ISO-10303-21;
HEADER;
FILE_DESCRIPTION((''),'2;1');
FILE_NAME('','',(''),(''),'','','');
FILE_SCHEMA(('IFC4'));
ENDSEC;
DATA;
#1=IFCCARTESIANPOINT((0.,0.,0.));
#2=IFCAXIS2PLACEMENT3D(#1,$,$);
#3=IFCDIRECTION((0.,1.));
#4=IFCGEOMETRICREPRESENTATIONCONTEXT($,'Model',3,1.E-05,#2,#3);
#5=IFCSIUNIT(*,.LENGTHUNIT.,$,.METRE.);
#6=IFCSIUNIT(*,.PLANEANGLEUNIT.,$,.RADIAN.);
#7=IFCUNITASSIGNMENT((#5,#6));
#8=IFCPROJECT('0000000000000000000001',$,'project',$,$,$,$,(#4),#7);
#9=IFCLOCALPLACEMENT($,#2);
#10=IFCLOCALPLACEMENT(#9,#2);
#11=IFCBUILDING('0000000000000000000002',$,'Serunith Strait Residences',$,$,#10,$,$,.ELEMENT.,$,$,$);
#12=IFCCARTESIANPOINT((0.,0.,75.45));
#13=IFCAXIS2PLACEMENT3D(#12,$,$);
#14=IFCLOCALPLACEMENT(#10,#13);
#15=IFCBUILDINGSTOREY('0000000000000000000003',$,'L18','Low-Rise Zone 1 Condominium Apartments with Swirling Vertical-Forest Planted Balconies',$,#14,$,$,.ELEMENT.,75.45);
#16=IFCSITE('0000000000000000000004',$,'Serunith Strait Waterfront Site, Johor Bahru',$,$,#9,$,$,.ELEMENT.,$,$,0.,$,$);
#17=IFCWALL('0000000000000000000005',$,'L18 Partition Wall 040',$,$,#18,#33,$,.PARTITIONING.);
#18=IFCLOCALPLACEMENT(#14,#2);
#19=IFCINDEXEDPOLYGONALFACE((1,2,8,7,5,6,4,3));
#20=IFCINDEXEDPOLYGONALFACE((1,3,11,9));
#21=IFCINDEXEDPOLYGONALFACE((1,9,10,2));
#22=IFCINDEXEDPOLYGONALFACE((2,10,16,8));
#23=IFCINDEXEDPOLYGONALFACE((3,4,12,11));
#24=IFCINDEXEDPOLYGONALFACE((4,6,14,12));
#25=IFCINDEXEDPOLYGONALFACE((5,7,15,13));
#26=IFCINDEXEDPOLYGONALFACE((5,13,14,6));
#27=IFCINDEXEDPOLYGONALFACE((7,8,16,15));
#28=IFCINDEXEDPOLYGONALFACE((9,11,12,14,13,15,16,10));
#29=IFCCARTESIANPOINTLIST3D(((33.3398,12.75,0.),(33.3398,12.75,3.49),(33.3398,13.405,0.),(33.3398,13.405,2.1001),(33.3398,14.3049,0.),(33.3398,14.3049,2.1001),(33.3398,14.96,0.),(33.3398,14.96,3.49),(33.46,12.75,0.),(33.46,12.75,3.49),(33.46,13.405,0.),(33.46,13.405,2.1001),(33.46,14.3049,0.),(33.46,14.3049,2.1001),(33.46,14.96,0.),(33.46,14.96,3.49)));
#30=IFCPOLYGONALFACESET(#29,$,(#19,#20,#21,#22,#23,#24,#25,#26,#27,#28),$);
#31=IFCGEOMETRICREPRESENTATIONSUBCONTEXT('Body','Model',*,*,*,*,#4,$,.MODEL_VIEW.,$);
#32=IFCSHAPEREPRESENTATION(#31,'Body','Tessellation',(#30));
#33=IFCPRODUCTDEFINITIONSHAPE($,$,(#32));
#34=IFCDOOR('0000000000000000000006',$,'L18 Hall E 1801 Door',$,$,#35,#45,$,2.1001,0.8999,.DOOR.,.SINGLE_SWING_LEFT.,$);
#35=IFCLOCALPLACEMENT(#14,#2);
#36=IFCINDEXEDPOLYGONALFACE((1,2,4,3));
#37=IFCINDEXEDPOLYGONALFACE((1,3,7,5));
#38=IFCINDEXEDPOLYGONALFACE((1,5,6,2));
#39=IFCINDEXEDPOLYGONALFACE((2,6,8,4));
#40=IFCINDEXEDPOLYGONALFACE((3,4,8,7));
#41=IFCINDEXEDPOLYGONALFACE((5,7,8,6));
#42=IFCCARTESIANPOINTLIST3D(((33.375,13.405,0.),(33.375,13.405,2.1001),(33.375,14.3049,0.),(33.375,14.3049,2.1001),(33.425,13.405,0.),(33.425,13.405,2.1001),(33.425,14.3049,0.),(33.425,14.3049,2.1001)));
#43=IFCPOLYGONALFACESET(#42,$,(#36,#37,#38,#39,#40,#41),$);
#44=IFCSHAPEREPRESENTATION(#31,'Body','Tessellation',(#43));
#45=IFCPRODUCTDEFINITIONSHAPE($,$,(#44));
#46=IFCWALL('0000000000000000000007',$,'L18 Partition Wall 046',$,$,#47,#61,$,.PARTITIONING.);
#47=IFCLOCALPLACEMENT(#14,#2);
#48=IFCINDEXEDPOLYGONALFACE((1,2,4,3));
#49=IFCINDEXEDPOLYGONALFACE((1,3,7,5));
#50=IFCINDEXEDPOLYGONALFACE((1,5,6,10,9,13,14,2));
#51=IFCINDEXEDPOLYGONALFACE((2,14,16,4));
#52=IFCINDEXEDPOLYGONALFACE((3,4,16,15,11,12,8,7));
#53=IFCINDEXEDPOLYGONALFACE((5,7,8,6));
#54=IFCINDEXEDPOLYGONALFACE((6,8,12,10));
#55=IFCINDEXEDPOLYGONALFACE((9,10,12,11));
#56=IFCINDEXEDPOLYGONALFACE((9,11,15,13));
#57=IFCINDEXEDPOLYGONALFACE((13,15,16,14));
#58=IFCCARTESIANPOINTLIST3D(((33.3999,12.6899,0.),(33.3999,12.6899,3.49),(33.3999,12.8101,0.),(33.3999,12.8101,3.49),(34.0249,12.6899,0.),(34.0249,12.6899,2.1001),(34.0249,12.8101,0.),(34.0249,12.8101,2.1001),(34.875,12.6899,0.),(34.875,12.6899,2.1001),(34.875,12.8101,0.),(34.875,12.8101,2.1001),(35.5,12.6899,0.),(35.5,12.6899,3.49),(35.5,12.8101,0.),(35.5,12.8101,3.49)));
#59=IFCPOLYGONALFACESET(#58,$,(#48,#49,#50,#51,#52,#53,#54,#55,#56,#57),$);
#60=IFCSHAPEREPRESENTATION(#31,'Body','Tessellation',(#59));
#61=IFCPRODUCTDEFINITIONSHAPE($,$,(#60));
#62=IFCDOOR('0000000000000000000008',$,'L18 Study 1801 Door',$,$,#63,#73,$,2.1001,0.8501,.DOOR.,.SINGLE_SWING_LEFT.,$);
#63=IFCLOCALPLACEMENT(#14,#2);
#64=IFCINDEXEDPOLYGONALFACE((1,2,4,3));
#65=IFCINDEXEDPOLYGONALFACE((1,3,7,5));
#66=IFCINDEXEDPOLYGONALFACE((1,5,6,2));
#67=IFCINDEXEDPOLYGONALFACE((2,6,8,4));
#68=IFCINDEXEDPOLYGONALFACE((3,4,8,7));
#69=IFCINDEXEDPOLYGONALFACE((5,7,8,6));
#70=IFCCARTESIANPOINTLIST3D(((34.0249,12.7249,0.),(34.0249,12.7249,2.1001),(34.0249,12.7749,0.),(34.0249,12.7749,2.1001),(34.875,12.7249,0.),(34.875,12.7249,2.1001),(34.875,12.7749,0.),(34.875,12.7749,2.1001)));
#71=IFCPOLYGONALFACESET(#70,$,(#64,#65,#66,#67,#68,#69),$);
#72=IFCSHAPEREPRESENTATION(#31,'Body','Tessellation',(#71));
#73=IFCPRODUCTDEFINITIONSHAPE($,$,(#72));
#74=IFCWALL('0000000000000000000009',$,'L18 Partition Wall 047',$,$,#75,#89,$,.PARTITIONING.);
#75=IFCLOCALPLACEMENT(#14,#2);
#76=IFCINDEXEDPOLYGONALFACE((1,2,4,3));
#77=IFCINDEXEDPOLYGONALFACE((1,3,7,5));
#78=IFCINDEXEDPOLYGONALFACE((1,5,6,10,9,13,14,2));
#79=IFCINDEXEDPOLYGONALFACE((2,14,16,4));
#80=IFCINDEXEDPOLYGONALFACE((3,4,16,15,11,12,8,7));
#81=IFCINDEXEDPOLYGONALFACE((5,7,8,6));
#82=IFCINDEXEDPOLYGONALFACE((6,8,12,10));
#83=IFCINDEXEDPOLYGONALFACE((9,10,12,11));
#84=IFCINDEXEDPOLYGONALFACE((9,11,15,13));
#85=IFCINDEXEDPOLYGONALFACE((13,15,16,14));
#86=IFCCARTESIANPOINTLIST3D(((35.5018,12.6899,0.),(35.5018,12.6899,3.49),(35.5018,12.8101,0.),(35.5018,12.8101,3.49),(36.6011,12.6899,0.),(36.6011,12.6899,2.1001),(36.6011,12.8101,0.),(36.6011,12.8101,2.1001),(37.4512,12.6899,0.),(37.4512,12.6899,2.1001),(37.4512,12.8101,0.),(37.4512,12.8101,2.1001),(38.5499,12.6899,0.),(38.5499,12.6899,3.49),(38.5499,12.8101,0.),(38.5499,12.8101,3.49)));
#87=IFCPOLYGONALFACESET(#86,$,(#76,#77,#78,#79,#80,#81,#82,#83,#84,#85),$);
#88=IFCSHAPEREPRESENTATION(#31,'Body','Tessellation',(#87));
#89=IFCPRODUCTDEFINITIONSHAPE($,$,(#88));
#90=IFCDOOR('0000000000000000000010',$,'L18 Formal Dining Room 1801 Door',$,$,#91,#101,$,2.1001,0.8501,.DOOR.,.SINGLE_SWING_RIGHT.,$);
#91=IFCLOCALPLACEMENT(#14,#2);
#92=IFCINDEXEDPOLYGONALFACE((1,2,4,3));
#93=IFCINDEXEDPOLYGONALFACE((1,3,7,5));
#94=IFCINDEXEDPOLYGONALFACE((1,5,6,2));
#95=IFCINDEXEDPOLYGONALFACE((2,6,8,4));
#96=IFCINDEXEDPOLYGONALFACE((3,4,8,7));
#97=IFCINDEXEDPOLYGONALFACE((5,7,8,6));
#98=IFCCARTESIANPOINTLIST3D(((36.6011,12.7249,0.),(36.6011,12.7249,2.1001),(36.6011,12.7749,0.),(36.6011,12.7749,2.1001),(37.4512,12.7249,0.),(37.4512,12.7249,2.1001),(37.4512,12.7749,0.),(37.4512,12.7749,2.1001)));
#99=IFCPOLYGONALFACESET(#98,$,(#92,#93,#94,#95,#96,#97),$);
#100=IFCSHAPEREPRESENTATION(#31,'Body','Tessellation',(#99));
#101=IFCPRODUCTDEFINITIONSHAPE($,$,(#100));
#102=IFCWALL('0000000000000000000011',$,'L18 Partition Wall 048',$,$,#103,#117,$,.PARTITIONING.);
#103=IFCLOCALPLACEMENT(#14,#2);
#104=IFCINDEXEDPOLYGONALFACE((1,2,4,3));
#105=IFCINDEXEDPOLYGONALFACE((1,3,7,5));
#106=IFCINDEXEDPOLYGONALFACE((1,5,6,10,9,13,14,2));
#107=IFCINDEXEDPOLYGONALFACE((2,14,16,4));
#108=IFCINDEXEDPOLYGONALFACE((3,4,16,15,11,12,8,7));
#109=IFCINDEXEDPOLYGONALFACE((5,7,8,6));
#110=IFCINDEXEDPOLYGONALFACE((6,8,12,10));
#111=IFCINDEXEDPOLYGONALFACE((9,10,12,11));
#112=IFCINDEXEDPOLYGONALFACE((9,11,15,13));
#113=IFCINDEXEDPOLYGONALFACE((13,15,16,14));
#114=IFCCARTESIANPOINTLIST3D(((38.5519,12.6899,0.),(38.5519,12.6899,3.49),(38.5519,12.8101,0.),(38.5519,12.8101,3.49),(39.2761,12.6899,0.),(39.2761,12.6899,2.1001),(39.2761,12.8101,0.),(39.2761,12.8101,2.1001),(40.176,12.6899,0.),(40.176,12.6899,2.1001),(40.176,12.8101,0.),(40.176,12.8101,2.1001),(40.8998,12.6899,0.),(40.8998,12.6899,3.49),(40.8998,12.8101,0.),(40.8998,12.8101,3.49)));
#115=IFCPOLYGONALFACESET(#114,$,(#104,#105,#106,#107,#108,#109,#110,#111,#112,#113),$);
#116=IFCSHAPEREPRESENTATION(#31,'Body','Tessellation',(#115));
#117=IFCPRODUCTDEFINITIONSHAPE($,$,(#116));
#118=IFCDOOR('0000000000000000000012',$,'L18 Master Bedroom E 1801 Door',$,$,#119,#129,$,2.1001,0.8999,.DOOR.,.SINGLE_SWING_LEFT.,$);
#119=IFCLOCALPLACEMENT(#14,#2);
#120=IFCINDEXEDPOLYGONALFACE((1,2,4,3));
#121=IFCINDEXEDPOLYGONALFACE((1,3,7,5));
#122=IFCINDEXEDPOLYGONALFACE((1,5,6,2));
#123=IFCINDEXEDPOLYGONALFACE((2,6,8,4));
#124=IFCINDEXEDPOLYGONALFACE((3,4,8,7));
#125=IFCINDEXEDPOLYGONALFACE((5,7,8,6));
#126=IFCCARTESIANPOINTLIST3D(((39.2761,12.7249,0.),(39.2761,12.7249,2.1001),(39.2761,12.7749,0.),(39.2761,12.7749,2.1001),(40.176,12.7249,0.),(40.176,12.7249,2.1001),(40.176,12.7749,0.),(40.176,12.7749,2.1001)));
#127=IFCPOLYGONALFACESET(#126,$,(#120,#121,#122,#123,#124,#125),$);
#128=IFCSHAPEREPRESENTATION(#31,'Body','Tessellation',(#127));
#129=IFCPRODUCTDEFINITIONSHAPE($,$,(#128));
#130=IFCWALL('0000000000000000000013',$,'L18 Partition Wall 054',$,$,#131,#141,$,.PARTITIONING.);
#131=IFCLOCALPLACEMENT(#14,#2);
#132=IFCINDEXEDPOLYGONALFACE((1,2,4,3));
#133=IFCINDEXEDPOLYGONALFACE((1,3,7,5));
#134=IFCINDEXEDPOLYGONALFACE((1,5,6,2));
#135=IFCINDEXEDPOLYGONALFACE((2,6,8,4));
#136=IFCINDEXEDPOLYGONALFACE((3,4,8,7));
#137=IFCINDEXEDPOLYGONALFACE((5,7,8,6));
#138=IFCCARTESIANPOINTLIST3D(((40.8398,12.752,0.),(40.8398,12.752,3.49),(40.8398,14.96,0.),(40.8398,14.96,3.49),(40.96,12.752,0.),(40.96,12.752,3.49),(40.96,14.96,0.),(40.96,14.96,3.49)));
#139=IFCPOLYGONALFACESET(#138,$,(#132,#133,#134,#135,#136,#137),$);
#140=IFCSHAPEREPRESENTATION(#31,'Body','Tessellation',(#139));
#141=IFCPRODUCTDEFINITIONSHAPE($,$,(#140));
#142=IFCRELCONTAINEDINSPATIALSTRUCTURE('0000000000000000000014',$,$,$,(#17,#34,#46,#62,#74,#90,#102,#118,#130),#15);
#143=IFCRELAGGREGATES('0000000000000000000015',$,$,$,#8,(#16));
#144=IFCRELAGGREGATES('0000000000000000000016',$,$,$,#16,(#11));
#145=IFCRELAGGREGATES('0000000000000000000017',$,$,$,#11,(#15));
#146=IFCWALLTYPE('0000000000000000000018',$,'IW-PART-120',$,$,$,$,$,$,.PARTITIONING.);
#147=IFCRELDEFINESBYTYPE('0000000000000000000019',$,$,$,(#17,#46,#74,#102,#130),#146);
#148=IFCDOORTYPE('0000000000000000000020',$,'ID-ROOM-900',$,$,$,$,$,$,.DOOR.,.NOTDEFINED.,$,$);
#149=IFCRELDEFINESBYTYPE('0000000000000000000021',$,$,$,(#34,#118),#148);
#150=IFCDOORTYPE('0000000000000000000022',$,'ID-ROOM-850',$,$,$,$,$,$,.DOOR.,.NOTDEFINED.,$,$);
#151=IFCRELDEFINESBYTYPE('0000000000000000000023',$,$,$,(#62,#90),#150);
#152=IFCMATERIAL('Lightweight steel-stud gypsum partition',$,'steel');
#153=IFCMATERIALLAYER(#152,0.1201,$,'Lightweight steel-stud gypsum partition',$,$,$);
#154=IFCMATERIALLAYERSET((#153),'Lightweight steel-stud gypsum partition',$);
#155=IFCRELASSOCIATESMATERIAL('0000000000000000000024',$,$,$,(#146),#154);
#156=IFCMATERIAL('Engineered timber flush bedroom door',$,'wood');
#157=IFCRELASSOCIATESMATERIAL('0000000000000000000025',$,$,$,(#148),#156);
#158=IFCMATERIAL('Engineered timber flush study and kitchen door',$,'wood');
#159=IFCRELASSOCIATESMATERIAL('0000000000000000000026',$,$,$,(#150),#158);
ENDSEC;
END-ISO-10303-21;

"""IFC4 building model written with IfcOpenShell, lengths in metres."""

from ifc_helpers import new_model, si_unit, direction, frame, frame_2d, origin, place, context, subcontext, project, spatial, rectangle, extrude, source, transform, mapped, material, layer, layer_set, type_object, element, fill, save


model = new_model("IFC4")

# Units and contexts
model_context = context("Model", 3, precision=1e-05, world=origin(), true_north=direction((0.0, 1.0)))
body_context = subcontext(model_context, "Body", "Model", "MODEL_VIEW")
ifc_project = project(units=[si_unit("LENGTHUNIT", "METRE"), si_unit("PLANEANGLEUNIT", "RADIAN")], contexts=[model_context])

# Site, building, storey
site_placement = place(None, origin())
site = spatial("IfcSite", under=ifc_project, at=site_placement, Name="Serunith Strait Waterfront Site, Johor Bahru", CompositionType="ELEMENT", RefElevation=0.0)
building_placement = place(site_placement, origin())
building = spatial("IfcBuilding", under=site, at=building_placement, Name="Serunith Strait Residences", CompositionType="ELEMENT")
storey_placement = place(building_placement, frame((0.0, 0.0, 75.45)))
storey = spatial("IfcBuildingStorey", under=building, at=storey_placement, Name="L18", Description="Low-Rise Zone 1 Condominium Apartments with Swirling Vertical-Forest Planted Balconies", CompositionType="ELEMENT", Elevation=75.45)

# Walls, openings, doors
ifc_material_1 = material(Name="Lightweight steel-stud gypsum partition", Category="steel")
ifc_layer_1 = layer(ifc_material_1, 0.1201, Name="Lightweight steel-stud gypsum partition")
ifc_layer_set_1 = layer_set([ifc_layer_1], Name="Lightweight steel-stud gypsum partition")
wall_type_1 = type_object("IfcWallType", Name="IW-PART-120", PredefinedType="PARTITIONING", material=ifc_layer_set_1)
wall_1_placement = place(storey_placement, frame((33.3999, 12.75, 0.0), z_axis=(0.0, 0.0, 1.0), x_axis=(0.0, 1.0, 0.0)))
wall_1 = element("IfcWall", 1, at=wall_1_placement, inside=storey, type_object=wall_type_1, Name="L18 Partition Wall 040", PredefinedType="PARTITIONING", context=body_context, shape_type="SweptSolid", body=[
    extrude(rectangle(XDim=2.21, YDim=0.1201, at=frame_2d((1.105, 0.0))), origin(), (0.0, 0.0, 1.0), 3.49),
])
opening_1_placement = place(wall_1_placement, frame((0.655, 0.0, 0.0)))
opening_1 = element("IfcOpeningElement", 2, at=opening_1_placement, cuts=wall_1, PredefinedType="OPENING", context=body_context, shape_type="SweptSolid", body=[
    extrude(rectangle(XDim=0.8999, YDim=2.1001, at=frame_2d((0.45, 1.05))), frame((0.0, 0.0701, 0.0), z_axis=(0.0, -1.0, 0.0), x_axis=(1.0, 0.0, 0.0)), (0.0, 0.0, 1.0), 0.1401),
])
ifc_material_2 = material(Name="Engineered timber flush bedroom door", Category="wood")
door_type_1 = type_object("IfcDoorType", Name="ID-ROOM-900", OperationType="NOTDEFINED", PredefinedType="DOOR", material=ifc_material_2)
shared_shape_1 = source(origin(), body_context, "Body", "SweptSolid", [
    extrude(rectangle(XDim=0.8999, YDim=2.1001, at=frame_2d((0.45, 1.05))), frame((0.0, 0.0249, 0.0), z_axis=(0.0, -1.0, 0.0), x_axis=(1.0, 0.0, 0.0)), (0.0, 0.0, 1.0), 0.05),
])
door_1_placement = place(opening_1_placement, origin())
door_1 = element("IfcDoor", 3, at=door_1_placement, inside=storey, type_object=door_type_1, Name="L18 Hall E 1801 Door", OperationType="SINGLE_SWING_LEFT", OverallHeight=2.1001, OverallWidth=0.8999, PredefinedType="DOOR", context=body_context, shape_type="MappedRepresentation", body=[
    mapped(shared_shape_1, transform((0.0, 0.0, 0.0), scale=1.0)),
])
fill(opening_1, door_1)
wall_2_placement = place(storey_placement, frame((33.3999, 12.75, 0.0), z_axis=(0.0, 0.0, 1.0), x_axis=(1.0, 0.0, 0.0)))
wall_2 = element("IfcWall", 4, at=wall_2_placement, inside=storey, type_object=wall_type_1, Name="L18 Partition Wall 046", PredefinedType="PARTITIONING", context=body_context, shape_type="SweptSolid", body=[
    extrude(rectangle(XDim=2.1001, YDim=0.1201, at=frame_2d((1.05, 0.0))), origin(), (0.0, 0.0, 1.0), 3.49),
])
opening_2_placement = place(wall_2_placement, frame((0.625, 0.0, 0.0)))
opening_2 = element("IfcOpeningElement", 5, at=opening_2_placement, cuts=wall_2, PredefinedType="OPENING", context=body_context, shape_type="SweptSolid", body=[
    extrude(rectangle(XDim=0.8501, YDim=2.1001, at=frame_2d((0.425, 1.05))), frame((0.0, 0.0701, 0.0), z_axis=(0.0, -1.0, 0.0), x_axis=(1.0, 0.0, 0.0)), (0.0, 0.0, 1.0), 0.1401),
])
ifc_material_3 = material(Name="Engineered timber flush study and kitchen door", Category="wood")
door_type_2 = type_object("IfcDoorType", Name="ID-ROOM-850", OperationType="NOTDEFINED", PredefinedType="DOOR", material=ifc_material_3)
shared_shape_2 = source(origin(), body_context, "Body", "SweptSolid", [
    extrude(rectangle(XDim=0.8501, YDim=2.1001, at=frame_2d((0.425, 1.05))), frame((0.0, 0.0249, 0.0), z_axis=(0.0, -1.0, 0.0), x_axis=(1.0, 0.0, 0.0)), (0.0, 0.0, 1.0), 0.05),
])
door_2_placement = place(opening_2_placement, origin())
door_2 = element("IfcDoor", 6, at=door_2_placement, inside=storey, type_object=door_type_2, Name="L18 Study 1801 Door", OperationType="SINGLE_SWING_LEFT", OverallHeight=2.1001, OverallWidth=0.8501, PredefinedType="DOOR", context=body_context, shape_type="MappedRepresentation", body=[
    mapped(shared_shape_2, transform((0.0, 0.0, 0.0), scale=1.0)),
])
fill(opening_2, door_2)
wall_3_placement = place(storey_placement, frame((35.502, 12.75, 0.0), z_axis=(0.0, 0.0, 1.0), x_axis=(1.0, 0.0, 0.0)))
wall_3 = element("IfcWall", 7, at=wall_3_placement, inside=storey, type_object=wall_type_1, Name="L18 Partition Wall 047", PredefinedType="PARTITIONING", context=body_context, shape_type="SweptSolid", body=[
    extrude(rectangle(XDim=3.0481, YDim=0.1201, at=frame_2d((1.5239, 0.0))), origin(), (0.0, 0.0, 1.0), 3.49),
])
opening_3_placement = place(wall_3_placement, frame((1.0991, 0.0, 0.0)))
opening_3 = element("IfcOpeningElement", 8, at=opening_3_placement, cuts=wall_3, PredefinedType="OPENING", context=body_context, shape_type="SweptSolid", body=[
    extrude(rectangle(XDim=0.8501, YDim=2.1001, at=frame_2d((0.425, 1.05))), frame((0.0, 0.0701, 0.0), z_axis=(0.0, -1.0, 0.0), x_axis=(1.0, 0.0, 0.0)), (0.0, 0.0, 1.0), 0.1401),
])
door_3_placement = place(opening_3_placement, origin())
door_3 = element("IfcDoor", 9, at=door_3_placement, inside=storey, type_object=door_type_2, Name="L18 Formal Dining Room 1801 Door", OperationType="SINGLE_SWING_RIGHT", OverallHeight=2.1001, OverallWidth=0.8501, PredefinedType="DOOR", context=body_context, shape_type="MappedRepresentation", body=[
    mapped(shared_shape_2, transform((0.0, 0.0, 0.0), scale=1.0)),
])
fill(opening_3, door_3)
wall_4_placement = place(storey_placement, frame((38.552, 12.75, 0.0), z_axis=(0.0, 0.0, 1.0), x_axis=(1.0, 0.0, 0.0)))
wall_4 = element("IfcWall", 10, at=wall_4_placement, inside=storey, type_object=wall_type_1, Name="L18 Partition Wall 048", PredefinedType="PARTITIONING", context=body_context, shape_type="SweptSolid", body=[
    extrude(rectangle(XDim=2.3479, YDim=0.1201, at=frame_2d((1.1738, 0.0))), origin(), (0.0, 0.0, 1.0), 3.49),
])
opening_4_placement = place(wall_4_placement, frame((0.7241, 0.0, 0.0)))
opening_4 = element("IfcOpeningElement", 11, at=opening_4_placement, cuts=wall_4, PredefinedType="OPENING", context=body_context, shape_type="SweptSolid", body=[
    extrude(rectangle(XDim=0.8999, YDim=2.1001, at=frame_2d((0.45, 1.05))), frame((0.0, 0.0701, 0.0), z_axis=(0.0, -1.0, 0.0), x_axis=(1.0, 0.0, 0.0)), (0.0, 0.0, 1.0), 0.1401),
])
door_4_placement = place(opening_4_placement, origin())
door_4 = element("IfcDoor", 12, at=door_4_placement, inside=storey, type_object=door_type_1, Name="L18 Master Bedroom E 1801 Door", OperationType="SINGLE_SWING_LEFT", OverallHeight=2.1001, OverallWidth=0.8999, PredefinedType="DOOR", context=body_context, shape_type="MappedRepresentation", body=[
    mapped(shared_shape_1, transform((0.0, 0.0, 0.0), scale=1.0)),
])
fill(opening_4, door_4)

# Wall
wall_5_placement = place(storey_placement, frame((40.8999, 12.752, 0.0), z_axis=(0.0, 0.0, 1.0), x_axis=(0.0, 1.0, 0.0)))
element("IfcWall", 13, at=wall_5_placement, inside=storey, type_object=wall_type_1, Name="L18 Partition Wall 054", PredefinedType="PARTITIONING", context=body_context, shape_type="SweptSolid", body=[
    extrude(rectangle(XDim=2.208, YDim=0.1201, at=frame_2d((1.104, 0.0))), origin(), (0.0, 0.0, 1.0), 3.49),
])

save(model, "model.ifc")
